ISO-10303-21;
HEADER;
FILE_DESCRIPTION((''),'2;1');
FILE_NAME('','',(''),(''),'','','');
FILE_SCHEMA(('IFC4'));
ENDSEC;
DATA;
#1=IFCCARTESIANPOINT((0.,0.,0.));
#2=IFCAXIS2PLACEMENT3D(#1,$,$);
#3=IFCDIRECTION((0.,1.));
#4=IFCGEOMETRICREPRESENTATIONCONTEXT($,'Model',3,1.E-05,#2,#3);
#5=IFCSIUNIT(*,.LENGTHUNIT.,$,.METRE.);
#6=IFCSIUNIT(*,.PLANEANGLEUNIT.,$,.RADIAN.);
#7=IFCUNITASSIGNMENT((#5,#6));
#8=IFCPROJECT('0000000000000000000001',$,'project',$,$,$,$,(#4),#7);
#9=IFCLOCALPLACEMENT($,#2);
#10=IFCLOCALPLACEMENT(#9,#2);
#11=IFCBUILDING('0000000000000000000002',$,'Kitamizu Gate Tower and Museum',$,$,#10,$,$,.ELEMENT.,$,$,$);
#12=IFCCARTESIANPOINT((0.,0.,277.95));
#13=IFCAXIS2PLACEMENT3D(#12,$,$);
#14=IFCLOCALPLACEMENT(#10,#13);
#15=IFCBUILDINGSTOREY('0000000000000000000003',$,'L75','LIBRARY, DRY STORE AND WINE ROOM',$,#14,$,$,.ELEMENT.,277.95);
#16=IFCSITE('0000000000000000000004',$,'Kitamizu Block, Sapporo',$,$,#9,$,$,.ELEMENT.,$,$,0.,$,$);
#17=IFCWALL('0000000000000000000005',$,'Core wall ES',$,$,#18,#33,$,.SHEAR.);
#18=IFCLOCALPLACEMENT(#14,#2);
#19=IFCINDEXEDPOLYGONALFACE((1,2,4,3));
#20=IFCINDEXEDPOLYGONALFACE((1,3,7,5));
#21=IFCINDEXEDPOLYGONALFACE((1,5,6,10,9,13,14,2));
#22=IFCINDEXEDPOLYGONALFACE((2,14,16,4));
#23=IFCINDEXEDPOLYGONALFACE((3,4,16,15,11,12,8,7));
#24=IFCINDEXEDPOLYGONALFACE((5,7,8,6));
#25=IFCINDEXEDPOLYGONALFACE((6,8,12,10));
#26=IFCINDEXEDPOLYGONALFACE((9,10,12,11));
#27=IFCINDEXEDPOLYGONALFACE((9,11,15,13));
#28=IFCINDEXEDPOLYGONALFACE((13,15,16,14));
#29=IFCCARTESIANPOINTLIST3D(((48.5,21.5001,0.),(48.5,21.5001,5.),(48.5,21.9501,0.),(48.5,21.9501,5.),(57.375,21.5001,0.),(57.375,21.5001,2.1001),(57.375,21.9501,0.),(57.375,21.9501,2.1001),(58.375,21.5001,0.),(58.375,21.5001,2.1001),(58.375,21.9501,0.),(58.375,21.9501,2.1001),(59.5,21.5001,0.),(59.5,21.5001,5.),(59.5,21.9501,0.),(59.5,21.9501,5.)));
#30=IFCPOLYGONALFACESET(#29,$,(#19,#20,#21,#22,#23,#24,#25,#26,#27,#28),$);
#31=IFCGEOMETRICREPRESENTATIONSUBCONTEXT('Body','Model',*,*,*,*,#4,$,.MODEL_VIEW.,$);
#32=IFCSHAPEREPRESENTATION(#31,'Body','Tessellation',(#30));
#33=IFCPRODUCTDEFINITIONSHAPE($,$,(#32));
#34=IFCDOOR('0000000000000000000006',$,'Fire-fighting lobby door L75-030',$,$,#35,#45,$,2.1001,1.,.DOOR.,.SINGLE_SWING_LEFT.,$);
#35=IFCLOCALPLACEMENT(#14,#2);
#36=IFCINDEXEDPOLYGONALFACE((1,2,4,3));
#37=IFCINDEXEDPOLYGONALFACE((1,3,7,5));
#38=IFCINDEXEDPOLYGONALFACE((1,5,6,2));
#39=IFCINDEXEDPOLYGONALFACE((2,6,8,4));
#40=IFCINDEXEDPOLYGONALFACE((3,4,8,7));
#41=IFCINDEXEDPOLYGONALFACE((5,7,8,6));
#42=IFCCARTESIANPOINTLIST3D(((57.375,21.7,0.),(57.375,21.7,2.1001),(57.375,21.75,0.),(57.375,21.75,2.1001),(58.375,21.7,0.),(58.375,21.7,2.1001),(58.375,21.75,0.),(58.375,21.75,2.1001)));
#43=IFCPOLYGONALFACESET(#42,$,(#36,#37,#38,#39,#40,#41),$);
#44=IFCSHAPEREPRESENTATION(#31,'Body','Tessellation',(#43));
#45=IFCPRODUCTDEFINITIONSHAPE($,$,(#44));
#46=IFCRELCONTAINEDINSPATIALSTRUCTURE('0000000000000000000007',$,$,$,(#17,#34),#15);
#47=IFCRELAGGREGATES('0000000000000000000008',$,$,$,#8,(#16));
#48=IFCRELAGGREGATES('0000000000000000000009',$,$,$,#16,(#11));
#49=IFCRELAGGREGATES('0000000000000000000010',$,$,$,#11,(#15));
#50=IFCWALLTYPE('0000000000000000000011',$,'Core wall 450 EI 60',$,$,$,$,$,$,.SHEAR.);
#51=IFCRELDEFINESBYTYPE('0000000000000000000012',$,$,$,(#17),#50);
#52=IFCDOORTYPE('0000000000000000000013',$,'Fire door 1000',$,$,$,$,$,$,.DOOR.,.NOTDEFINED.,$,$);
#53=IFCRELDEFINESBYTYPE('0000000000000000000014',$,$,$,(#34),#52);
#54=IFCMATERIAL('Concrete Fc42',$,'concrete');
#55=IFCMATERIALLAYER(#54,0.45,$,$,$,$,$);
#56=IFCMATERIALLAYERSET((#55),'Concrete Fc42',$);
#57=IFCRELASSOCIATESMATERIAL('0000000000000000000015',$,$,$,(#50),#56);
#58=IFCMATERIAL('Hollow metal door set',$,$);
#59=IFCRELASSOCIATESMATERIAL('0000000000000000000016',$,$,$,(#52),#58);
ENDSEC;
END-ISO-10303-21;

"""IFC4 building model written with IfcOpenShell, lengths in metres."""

from ifc_helpers import new_model, si_unit, direction, frame, frame_2d, origin, place, context, subcontext, project, spatial, rectangle, extrude, material, layer, layer_set, type_object, element, fill, save


model = new_model("IFC4")

# Units and contexts
model_context = context("Model", 3, precision=1e-05, world=origin(), true_north=direction((0.0, 1.0)))
body_context = subcontext(model_context, "Body", "Model", "MODEL_VIEW")
ifc_project = project(units=[si_unit("LENGTHUNIT", "METRE"), si_unit("PLANEANGLEUNIT", "RADIAN")], contexts=[model_context])

# Site, building, storey
site_placement = place(None, origin())
site = spatial("IfcSite", under=ifc_project, at=site_placement, Name="Kitamizu Block, Sapporo", CompositionType="ELEMENT", RefElevation=0.0)
building_placement = place(site_placement, origin())
building = spatial("IfcBuilding", under=site, at=building_placement, Name="Kitamizu Gate Tower and Museum", CompositionType="ELEMENT")
storey_placement = place(building_placement, frame((0.0, 0.0, 277.95)))
storey = spatial("IfcBuildingStorey", under=building, at=storey_placement, Name="L75", Description="LIBRARY, DRY STORE AND WINE ROOM", CompositionType="ELEMENT", Elevation=277.95)

# Wall, opening, door
ifc_material_1 = material(Name="Concrete Fc42", Category="concrete")
ifc_layer_1 = layer(ifc_material_1, 0.45)
ifc_layer_set_1 = layer_set([ifc_layer_1], Name="Concrete Fc42")
wall_type = type_object("IfcWallType", Name="Core wall 450 EI 60", PredefinedType="SHEAR", material=ifc_layer_set_1)
wall_placement = place(storey_placement, frame((59.5, 21.7251, 0.0), z_axis=(0.0, 0.0, 1.0), x_axis=(-1.0, 0.0, 0.0)))
wall = element("IfcWall", 1, at=wall_placement, inside=storey, type_object=wall_type, Name="Core wall ES", PredefinedType="SHEAR", context=body_context, shape_type="SweptSolid", body=[
    extrude(rectangle(XDim=11.0, YDim=0.45, at=frame_2d((5.5, 0.0))), origin(), (0.0, 0.0, 1.0), 5.0),
])
opening_placement = place(wall_placement, frame((1.125, 0.0, 0.0)))
opening = element("IfcOpeningElement", 2, at=opening_placement, cuts=wall, PredefinedType="OPENING", context=body_context, shape_type="SweptSolid", body=[
    extrude(rectangle(XDim=1.0, YDim=2.1001, at=frame_2d((0.5, 1.05))), frame((0.0, 0.2349, 0.0), z_axis=(0.0, -1.0, 0.0), x_axis=(1.0, 0.0, 0.0)), (0.0, 0.0, 1.0), 0.47),
])
ifc_material_2 = material(Name="Hollow metal door set")
door_type = type_object("IfcDoorType", Name="Fire door 1000", OperationType="NOTDEFINED", PredefinedType="DOOR", material=ifc_material_2)
door_placement = place(opening_placement, frame((1.0, 0.0, 0.0), x_axis=(-1.0, 0.0, 0.0)))
door = element("IfcDoor", 3, at=door_placement, inside=storey, type_object=door_type, Name="Fire-fighting lobby door L75-030", OperationType="SINGLE_SWING_LEFT", OverallHeight=2.1001, OverallWidth=1.0, PredefinedType="DOOR", context=body_context, shape_type="SweptSolid", body=[
    extrude(rectangle(XDim=1.0, YDim=2.1001, at=frame_2d((0.5, 1.05))), frame((0.0, 0.0249, 0.0), z_axis=(0.0, -1.0, 0.0), x_axis=(1.0, 0.0, 0.0)), (0.0, 0.0, 1.0), 0.05),
])
fill(opening, door)

save(model, "model.ifc")
